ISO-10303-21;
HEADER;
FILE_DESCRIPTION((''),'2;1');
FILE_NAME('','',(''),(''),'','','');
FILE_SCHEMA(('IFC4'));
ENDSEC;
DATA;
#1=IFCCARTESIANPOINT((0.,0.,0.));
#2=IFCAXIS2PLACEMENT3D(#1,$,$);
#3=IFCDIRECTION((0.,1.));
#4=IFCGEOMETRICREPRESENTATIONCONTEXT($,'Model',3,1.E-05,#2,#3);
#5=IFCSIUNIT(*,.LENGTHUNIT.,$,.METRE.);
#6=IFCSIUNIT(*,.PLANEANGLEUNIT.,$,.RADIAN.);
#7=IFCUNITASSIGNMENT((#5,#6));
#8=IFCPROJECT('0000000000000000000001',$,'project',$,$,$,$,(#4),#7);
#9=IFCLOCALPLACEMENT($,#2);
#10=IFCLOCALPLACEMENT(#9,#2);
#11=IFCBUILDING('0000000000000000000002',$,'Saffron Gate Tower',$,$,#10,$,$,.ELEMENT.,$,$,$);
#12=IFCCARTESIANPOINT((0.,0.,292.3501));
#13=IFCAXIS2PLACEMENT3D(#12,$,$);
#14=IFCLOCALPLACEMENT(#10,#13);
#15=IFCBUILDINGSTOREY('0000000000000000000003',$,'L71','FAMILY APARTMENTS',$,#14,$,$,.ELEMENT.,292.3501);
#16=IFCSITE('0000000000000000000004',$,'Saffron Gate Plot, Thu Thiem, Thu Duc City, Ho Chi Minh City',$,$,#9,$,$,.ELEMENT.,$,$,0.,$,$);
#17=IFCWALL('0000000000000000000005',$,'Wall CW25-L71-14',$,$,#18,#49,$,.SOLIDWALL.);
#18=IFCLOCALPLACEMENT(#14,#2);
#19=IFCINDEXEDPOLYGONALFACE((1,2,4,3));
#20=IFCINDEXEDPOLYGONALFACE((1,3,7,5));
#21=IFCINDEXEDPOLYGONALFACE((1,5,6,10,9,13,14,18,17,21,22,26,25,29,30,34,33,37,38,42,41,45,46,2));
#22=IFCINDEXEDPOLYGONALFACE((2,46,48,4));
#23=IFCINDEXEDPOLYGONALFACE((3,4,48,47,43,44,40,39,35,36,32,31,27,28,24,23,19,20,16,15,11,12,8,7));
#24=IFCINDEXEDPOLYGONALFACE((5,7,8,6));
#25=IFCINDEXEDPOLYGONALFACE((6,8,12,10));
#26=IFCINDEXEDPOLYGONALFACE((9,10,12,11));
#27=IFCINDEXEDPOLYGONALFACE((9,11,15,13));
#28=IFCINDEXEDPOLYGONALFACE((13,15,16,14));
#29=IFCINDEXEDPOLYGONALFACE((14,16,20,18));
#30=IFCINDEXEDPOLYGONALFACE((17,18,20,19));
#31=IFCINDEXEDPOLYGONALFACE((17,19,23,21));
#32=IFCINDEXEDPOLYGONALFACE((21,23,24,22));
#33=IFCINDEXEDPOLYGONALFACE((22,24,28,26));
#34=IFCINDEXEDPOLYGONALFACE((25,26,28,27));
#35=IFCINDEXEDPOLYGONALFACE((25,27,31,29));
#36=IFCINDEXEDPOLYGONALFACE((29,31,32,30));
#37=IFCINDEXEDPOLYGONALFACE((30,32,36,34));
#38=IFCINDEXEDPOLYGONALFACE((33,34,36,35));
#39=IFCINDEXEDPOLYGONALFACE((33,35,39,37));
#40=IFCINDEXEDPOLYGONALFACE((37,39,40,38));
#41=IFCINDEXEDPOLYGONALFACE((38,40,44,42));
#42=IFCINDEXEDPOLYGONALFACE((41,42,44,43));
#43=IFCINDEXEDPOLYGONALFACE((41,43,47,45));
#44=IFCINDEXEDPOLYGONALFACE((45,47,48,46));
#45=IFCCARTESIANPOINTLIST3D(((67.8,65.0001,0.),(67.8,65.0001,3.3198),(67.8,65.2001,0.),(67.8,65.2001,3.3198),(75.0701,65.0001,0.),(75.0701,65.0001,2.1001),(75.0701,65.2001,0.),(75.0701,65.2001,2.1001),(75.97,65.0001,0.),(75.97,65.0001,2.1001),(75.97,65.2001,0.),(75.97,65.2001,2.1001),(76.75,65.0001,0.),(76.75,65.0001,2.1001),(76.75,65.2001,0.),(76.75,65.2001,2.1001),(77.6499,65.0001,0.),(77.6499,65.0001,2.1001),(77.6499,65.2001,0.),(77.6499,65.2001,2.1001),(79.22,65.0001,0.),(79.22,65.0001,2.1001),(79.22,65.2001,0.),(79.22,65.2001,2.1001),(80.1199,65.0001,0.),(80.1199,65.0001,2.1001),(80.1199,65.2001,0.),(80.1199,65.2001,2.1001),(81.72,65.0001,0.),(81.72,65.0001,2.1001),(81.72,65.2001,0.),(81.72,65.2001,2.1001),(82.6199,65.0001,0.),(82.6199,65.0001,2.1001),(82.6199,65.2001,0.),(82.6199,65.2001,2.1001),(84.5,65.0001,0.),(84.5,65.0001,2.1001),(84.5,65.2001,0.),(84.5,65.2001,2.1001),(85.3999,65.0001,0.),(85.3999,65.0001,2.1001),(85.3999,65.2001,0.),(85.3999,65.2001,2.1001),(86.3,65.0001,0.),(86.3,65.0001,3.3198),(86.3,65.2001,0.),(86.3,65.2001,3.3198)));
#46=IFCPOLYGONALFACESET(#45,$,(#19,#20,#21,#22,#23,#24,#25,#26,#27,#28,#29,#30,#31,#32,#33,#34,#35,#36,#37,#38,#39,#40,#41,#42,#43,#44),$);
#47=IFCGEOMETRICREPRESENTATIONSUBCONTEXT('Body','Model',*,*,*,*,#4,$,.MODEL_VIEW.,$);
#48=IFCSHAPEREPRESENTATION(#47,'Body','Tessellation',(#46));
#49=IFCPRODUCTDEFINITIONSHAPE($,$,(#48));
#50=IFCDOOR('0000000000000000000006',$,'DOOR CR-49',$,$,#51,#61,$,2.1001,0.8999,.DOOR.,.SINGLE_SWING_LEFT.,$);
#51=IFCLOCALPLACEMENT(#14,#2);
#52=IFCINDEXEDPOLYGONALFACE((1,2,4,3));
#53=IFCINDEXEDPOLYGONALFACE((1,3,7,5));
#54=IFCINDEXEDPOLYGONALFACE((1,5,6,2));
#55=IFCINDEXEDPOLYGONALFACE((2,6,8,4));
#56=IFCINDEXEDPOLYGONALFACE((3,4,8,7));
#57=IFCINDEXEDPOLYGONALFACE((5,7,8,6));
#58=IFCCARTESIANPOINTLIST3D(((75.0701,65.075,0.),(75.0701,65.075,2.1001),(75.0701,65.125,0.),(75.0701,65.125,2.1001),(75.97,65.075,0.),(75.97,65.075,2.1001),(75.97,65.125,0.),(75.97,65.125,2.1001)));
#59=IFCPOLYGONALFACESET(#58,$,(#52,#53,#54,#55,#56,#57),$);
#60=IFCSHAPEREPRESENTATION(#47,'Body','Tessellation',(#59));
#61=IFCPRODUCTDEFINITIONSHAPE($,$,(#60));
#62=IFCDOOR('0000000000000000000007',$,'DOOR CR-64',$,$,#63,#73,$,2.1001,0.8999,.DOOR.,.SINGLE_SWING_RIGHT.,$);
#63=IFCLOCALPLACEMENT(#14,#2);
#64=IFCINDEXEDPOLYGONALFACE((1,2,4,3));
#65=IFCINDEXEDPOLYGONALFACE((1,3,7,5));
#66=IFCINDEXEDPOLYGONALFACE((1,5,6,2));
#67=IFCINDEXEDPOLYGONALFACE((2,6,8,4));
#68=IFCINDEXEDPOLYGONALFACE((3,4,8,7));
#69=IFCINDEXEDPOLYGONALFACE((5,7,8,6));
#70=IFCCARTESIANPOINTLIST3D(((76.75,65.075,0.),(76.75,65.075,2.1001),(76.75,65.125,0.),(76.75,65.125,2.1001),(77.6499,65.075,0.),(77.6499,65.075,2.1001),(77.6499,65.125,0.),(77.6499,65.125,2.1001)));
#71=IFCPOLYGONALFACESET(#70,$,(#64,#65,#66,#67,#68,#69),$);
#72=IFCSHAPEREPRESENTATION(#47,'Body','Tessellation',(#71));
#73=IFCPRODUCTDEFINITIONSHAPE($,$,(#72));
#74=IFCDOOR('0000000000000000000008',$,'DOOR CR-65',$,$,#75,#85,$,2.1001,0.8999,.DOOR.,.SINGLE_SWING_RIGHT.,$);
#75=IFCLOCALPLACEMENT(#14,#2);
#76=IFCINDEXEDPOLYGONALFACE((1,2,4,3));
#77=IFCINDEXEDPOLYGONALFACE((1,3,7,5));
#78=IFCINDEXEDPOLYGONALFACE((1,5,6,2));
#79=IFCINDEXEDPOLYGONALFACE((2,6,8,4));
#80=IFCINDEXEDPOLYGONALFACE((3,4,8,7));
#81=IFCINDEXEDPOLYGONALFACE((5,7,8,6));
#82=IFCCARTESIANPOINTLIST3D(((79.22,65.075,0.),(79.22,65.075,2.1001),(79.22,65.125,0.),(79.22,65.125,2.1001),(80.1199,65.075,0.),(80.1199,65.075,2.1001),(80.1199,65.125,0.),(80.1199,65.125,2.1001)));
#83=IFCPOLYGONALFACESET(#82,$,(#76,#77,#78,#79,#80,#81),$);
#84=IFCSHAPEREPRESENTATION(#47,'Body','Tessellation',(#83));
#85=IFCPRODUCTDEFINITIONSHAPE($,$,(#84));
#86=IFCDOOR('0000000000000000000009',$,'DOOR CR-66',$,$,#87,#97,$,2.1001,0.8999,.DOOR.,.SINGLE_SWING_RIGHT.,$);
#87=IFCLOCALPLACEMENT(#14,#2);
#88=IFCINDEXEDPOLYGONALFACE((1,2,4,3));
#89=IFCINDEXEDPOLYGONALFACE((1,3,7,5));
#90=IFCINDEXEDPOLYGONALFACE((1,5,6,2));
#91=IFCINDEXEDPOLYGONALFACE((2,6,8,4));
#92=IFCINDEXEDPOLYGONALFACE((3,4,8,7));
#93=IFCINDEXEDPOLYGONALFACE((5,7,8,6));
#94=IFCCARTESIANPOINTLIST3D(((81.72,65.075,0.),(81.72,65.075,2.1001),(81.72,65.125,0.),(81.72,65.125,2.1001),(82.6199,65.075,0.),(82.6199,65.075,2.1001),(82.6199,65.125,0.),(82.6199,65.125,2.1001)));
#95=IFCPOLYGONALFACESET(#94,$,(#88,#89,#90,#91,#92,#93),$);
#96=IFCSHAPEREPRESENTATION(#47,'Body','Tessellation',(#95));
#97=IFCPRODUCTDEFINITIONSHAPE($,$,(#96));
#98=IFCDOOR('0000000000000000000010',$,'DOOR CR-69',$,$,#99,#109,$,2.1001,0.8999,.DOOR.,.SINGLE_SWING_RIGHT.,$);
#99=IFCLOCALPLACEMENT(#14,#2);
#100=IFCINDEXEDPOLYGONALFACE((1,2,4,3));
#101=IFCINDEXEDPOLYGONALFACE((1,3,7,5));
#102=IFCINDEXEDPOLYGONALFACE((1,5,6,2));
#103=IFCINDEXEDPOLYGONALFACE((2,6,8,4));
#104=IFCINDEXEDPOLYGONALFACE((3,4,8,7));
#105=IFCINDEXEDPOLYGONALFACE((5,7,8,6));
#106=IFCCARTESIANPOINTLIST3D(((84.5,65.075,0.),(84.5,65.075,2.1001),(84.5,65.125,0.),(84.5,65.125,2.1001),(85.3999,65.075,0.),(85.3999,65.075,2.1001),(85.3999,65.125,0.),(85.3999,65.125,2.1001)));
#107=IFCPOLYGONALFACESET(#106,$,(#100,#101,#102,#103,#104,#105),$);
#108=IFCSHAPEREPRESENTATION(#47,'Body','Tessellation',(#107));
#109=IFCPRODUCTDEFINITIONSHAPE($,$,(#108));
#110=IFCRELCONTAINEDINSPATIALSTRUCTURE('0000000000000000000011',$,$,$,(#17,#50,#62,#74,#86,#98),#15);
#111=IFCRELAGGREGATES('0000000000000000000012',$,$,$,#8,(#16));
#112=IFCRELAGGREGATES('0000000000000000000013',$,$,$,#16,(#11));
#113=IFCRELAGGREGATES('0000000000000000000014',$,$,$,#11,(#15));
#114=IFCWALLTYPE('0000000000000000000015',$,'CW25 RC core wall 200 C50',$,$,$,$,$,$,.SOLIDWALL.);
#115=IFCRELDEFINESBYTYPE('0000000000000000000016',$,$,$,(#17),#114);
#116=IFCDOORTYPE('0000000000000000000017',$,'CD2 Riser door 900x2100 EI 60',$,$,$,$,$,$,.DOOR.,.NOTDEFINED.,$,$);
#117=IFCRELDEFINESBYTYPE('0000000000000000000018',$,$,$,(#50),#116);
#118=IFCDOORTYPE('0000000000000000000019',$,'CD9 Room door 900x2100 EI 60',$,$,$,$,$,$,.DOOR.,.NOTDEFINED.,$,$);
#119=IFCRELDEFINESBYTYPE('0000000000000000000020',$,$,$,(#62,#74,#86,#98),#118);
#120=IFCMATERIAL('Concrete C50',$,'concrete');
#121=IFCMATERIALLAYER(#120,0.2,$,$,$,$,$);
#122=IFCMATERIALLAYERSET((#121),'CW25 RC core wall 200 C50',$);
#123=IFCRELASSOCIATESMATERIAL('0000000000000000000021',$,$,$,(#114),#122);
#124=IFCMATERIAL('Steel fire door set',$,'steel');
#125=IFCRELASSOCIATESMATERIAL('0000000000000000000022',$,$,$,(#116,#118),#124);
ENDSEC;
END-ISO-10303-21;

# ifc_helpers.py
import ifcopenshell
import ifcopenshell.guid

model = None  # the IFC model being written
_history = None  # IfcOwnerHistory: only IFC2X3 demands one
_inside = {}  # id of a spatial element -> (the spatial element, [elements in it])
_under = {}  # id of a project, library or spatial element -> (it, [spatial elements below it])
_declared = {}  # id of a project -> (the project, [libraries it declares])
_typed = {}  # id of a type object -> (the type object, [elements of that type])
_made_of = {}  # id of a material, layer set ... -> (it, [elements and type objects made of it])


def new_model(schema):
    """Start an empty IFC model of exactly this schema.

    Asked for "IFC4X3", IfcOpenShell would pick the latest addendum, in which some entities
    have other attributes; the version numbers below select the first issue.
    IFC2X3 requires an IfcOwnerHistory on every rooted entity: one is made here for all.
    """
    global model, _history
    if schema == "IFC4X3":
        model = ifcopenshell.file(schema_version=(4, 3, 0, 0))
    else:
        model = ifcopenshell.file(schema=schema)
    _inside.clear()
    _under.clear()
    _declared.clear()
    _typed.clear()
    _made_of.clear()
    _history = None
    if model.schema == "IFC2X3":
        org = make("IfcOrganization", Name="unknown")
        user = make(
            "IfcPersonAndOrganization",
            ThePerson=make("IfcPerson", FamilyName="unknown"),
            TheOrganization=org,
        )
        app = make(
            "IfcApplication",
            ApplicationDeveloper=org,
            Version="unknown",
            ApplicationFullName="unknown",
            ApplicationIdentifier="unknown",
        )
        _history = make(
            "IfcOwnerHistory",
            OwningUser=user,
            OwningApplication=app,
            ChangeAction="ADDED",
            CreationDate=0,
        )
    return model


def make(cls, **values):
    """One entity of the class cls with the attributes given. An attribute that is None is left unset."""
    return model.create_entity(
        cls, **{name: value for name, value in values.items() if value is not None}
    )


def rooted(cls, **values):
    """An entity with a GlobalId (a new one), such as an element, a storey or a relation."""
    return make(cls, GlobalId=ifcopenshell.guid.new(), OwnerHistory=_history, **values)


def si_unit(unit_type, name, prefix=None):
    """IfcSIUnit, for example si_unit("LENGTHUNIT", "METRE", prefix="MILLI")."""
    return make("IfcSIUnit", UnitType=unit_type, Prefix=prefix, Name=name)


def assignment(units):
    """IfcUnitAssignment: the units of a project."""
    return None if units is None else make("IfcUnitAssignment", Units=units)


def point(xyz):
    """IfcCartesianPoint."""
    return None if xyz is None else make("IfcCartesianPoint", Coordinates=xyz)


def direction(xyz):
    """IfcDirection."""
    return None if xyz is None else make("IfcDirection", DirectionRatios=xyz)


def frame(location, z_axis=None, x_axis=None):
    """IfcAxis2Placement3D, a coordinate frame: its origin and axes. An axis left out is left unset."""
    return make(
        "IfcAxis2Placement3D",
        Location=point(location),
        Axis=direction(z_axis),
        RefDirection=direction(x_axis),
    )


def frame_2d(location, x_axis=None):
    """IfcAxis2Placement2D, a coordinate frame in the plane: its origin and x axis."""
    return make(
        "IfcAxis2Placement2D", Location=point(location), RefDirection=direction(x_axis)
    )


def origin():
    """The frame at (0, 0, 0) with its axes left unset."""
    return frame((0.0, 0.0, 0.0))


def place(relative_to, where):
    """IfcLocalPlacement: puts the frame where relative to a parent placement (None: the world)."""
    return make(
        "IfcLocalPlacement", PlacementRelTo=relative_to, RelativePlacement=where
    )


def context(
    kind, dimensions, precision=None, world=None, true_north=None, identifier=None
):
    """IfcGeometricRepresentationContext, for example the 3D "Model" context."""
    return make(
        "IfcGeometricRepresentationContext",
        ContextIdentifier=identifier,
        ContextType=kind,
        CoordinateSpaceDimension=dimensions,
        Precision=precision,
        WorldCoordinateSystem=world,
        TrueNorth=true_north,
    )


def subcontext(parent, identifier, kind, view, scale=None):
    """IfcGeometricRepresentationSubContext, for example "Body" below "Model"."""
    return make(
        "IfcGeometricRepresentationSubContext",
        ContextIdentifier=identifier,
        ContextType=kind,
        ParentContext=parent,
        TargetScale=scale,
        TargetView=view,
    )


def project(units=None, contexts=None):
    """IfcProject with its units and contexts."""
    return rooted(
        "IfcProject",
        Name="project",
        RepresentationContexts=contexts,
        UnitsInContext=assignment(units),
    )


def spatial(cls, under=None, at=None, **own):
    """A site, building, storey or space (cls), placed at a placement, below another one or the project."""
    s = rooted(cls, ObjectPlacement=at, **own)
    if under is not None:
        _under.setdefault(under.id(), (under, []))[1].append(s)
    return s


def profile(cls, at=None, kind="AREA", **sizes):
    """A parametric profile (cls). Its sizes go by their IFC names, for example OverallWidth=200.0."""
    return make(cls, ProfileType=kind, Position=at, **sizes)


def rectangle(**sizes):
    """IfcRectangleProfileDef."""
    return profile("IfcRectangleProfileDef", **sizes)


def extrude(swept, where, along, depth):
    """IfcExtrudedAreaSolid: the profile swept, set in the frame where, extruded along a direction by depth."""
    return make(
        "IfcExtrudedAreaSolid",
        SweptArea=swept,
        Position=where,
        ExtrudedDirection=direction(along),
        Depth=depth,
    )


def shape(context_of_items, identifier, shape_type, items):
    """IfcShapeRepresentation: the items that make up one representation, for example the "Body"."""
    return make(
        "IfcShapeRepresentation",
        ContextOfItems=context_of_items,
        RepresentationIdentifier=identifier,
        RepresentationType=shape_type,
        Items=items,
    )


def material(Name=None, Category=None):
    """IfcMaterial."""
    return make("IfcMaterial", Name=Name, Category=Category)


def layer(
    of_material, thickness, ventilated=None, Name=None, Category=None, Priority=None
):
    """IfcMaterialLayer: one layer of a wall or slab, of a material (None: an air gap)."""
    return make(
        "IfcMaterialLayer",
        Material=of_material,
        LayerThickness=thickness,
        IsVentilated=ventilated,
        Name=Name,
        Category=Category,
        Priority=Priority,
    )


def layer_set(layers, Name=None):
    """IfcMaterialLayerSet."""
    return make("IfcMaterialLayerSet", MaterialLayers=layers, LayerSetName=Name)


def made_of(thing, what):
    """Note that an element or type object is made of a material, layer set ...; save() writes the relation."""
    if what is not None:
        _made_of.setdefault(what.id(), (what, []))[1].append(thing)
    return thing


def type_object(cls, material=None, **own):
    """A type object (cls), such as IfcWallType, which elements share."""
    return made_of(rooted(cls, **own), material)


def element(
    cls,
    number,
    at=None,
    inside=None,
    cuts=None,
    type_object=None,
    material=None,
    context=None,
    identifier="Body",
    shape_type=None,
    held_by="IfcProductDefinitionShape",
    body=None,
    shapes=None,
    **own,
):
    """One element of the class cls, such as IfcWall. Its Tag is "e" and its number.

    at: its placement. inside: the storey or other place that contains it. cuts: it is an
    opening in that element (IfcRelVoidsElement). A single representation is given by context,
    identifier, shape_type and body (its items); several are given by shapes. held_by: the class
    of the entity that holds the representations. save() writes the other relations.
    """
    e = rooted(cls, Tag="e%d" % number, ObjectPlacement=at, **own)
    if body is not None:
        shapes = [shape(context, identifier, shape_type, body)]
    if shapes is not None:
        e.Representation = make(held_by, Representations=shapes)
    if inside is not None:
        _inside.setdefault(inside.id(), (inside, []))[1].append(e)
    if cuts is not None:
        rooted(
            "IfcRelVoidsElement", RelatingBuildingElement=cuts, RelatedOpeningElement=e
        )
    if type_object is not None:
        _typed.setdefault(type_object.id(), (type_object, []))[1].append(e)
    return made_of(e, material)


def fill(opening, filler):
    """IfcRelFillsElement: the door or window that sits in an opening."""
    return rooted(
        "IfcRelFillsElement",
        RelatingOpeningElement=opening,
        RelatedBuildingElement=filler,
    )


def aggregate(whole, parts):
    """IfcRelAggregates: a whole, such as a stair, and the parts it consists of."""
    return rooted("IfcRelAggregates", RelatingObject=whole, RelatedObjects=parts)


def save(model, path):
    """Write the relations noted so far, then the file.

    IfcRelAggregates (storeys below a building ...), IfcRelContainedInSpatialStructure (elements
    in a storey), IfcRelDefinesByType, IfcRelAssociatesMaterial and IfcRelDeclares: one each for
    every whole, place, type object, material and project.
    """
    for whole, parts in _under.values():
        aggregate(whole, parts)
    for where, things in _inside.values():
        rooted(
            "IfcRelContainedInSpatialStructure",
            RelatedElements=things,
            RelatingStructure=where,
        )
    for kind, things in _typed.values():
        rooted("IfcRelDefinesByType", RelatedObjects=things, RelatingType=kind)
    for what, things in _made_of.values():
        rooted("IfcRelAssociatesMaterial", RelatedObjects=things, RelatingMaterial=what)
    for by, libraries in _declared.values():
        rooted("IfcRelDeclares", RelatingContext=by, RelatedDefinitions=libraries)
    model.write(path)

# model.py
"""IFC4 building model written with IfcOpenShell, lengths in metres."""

from ifc_helpers import new_model, si_unit, direction, frame, frame_2d, origin, place, context, subcontext, project, spatial, rectangle, extrude, material, layer, layer_set, type_object, element, fill, save


model = new_model("IFC4")

# Units and contexts
model_context = context("Model", 3, precision=1e-05, world=origin(), true_north=direction((0.0, 1.0)))
body_context = subcontext(model_context, "Body", "Model", "MODEL_VIEW")
ifc_project = project(units=[si_unit("LENGTHUNIT", "METRE"), si_unit("PLANEANGLEUNIT", "RADIAN")], contexts=[model_context])

# Site, building, storey
site_placement = place(None, origin())
site = spatial("IfcSite", under=ifc_project, at=site_placement, Name="Saffron Gate Plot, Thu Thiem, Thu Duc City, Ho Chi Minh City", CompositionType="ELEMENT", RefElevation=0.0)
building_placement = place(site_placement, origin())
building = spatial("IfcBuilding", under=site, at=building_placement, Name="Saffron Gate Tower", CompositionType="ELEMENT")
storey_placement = place(building_placement, frame((0.0, 0.0, 292.3501)))
storey = spatial("IfcBuildingStorey", under=building, at=storey_placement, Name="L71", Description="FAMILY APARTMENTS", CompositionType="ELEMENT", Elevation=292.3501)

# Shared definitions
ifc_material_1 = material(Name="Concrete C50", Category="concrete")
ifc_material_2 = material(Name="Steel fire door set", Category="steel")

# Wall, openings, doors
ifc_layer_1 = layer(ifc_material_1, 0.2)
ifc_layer_set_1 = layer_set([ifc_layer_1], Name="CW25 RC core wall 200 C50")
wall_type_1 = type_object("IfcWallType", Name="CW25 RC core wall 200 C50", PredefinedType="SOLIDWALL", material=ifc_layer_set_1)
wall_1_placement = place(storey_placement, frame((67.8, 65.1001, 0.0), z_axis=(0.0, 0.0, 1.0), x_axis=(1.0, 0.0, 0.0)))
wall_1 = element("IfcWall", 1, at=wall_1_placement, inside=storey, type_object=wall_type_1, Name="Wall CW25-L71-14", PredefinedType="SOLIDWALL", context=body_context, shape_type="SweptSolid", body=[
    extrude(rectangle(XDim=18.5, YDim=0.2, at=frame_2d((9.25, 0.0))), origin(), (0.0, 0.0, 1.0), 3.3198),
])
opening_1_placement = place(wall_1_placement, frame((7.27, 0.0, 0.0)))
opening_1 = element("IfcOpeningElement", 2, at=opening_1_placement, cuts=wall_1, PredefinedType="OPENING", context=body_context, shape_type="SweptSolid", body=[
    extrude(rectangle(XDim=0.8999, YDim=2.1001, at=frame_2d((0.45, 1.05))), frame((0.0, 0.1099, 0.0), z_axis=(0.0, -1.0, 0.0), x_axis=(1.0, 0.0, 0.0)), (0.0, 0.0, 1.0), 0.22),
])
opening_2_placement = place(wall_1_placement, frame((8.95, 0.0, 0.0)))
opening_2 = element("IfcOpeningElement", 3, at=opening_2_placement, cuts=wall_1, PredefinedType="OPENING", context=body_context, shape_type="SweptSolid", body=[
    extrude(rectangle(XDim=0.8999, YDim=2.1001, at=frame_2d((0.45, 1.05))), frame((0.0, 0.1099, 0.0), z_axis=(0.0, -1.0, 0.0), x_axis=(1.0, 0.0, 0.0)), (0.0, 0.0, 1.0), 0.22),
])
opening_3_placement = place(wall_1_placement, frame((11.4199, 0.0, 0.0)))
opening_3 = element("IfcOpeningElement", 4, at=opening_3_placement, cuts=wall_1, PredefinedType="OPENING", context=body_context, shape_type="SweptSolid", body=[
    extrude(rectangle(XDim=0.8999, YDim=2.1001, at=frame_2d((0.45, 1.05))), frame((0.0, 0.1099, 0.0), z_axis=(0.0, -1.0, 0.0), x_axis=(1.0, 0.0, 0.0)), (0.0, 0.0, 1.0), 0.22),
])
opening_4_placement = place(wall_1_placement, frame((13.9199, 0.0, 0.0)))
opening_4 = element("IfcOpeningElement", 5, at=opening_4_placement, cuts=wall_1, PredefinedType="OPENING", context=body_context, shape_type="SweptSolid", body=[
    extrude(rectangle(XDim=0.8999, YDim=2.1001, at=frame_2d((0.45, 1.05))), frame((0.0, 0.1099, 0.0), z_axis=(0.0, -1.0, 0.0), x_axis=(1.0, 0.0, 0.0)), (0.0, 0.0, 1.0), 0.22),
])
opening_5_placement = place(wall_1_placement, frame((16.7, 0.0, 0.0)))
opening_5 = element("IfcOpeningElement", 6, at=opening_5_placement, cuts=wall_1, PredefinedType="OPENING", context=body_context, shape_type="SweptSolid", body=[
    extrude(rectangle(XDim=0.8999, YDim=2.1001, at=frame_2d((0.45, 1.05))), frame((0.0, 0.1099, 0.0), z_axis=(0.0, -1.0, 0.0), x_axis=(1.0, 0.0, 0.0)), (0.0, 0.0, 1.0), 0.22),
])
door_type_1 = type_object("IfcDoorType", Name="CD2 Riser door 900x2100 EI 60", OperationType="NOTDEFINED", PredefinedType="DOOR", material=ifc_material_2)
door_1_placement = place(opening_1_placement, origin())
door_1 = element("IfcDoor", 7, at=door_1_placement, inside=storey, type_object=door_type_1, Name="DOOR CR-49", OperationType="SINGLE_SWING_LEFT", OverallHeight=2.1001, OverallWidth=0.8999, PredefinedType="DOOR", context=body_context, shape_type="SweptSolid", body=[
    extrude(rectangle(XDim=0.8999, YDim=2.1001, at=frame_2d((0.45, 1.05))), frame((0.0, 0.0249, 0.0), z_axis=(0.0, -1.0, 0.0), x_axis=(1.0, 0.0, 0.0)), (0.0, 0.0, 1.0), 0.05),
])
fill(opening_1, door_1)
door_type_2 = type_object("IfcDoorType", Name="CD9 Room door 900x2100 EI 60", OperationType="NOTDEFINED", PredefinedType="DOOR", material=ifc_material_2)
door_2_placement = place(opening_2_placement, origin())
door_2 = element("IfcDoor", 8, at=door_2_placement, inside=storey, type_object=door_type_2, Name="DOOR CR-64", OperationType="SINGLE_SWING_RIGHT", OverallHeight=2.1001, OverallWidth=0.8999, PredefinedType="DOOR", context=body_context, shape_type="SweptSolid", body=[
    extrude(rectangle(XDim=0.8999, YDim=2.1001, at=frame_2d((0.45, 1.05))), frame((0.0, 0.0249, 0.0), z_axis=(0.0, -1.0, 0.0), x_axis=(1.0, 0.0, 0.0)), (0.0, 0.0, 1.0), 0.05),
])
fill(opening_2, door_2)
door_3_placement = place(opening_3_placement, origin())
door_3 = element("IfcDoor", 9, at=door_3_placement, inside=storey, type_object=door_type_2, Name="DOOR CR-65", OperationType="SINGLE_SWING_RIGHT", OverallHeight=2.1001, OverallWidth=0.8999, PredefinedType="DOOR", context=body_context, shape_type="SweptSolid", body=[
    extrude(rectangle(XDim=0.8999, YDim=2.1001, at=frame_2d((0.45, 1.05))), frame((0.0, 0.0249, 0.0), z_axis=(0.0, -1.0, 0.0), x_axis=(1.0, 0.0, 0.0)), (0.0, 0.0, 1.0), 0.05),
])
fill(opening_3, door_3)
door_4_placement = place(opening_4_placement, origin())
door_4 = element("IfcDoor", 10, at=door_4_placement, inside=storey, type_object=door_type_2, Name="DOOR CR-66", OperationType="SINGLE_SWING_RIGHT", OverallHeight=2.1001, OverallWidth=0.8999, PredefinedType="DOOR", context=body_context, shape_type="SweptSolid", body=[
    extrude(rectangle(XDim=0.8999, YDim=2.1001, at=frame_2d((0.45, 1.05))), frame((0.0, 0.0249, 0.0), z_axis=(0.0, -1.0, 0.0), x_axis=(1.0, 0.0, 0.0)), (0.0, 0.0, 1.0), 0.05),
])
fill(opening_4, door_4)
door_5_placement = place(opening_5_placement, origin())
door_5 = element("IfcDoor", 11, at=door_5_placement, inside=storey, type_object=door_type_2, Name="DOOR CR-69", OperationType="SINGLE_SWING_RIGHT", OverallHeight=2.1001, OverallWidth=0.8999, PredefinedType="DOOR", context=body_context, shape_type="SweptSolid", body=[
    extrude(rectangle(XDim=0.8999, YDim=2.1001, at=frame_2d((0.45, 1.05))), frame((0.0, 0.0249, 0.0), z_axis=(0.0, -1.0, 0.0), x_axis=(1.0, 0.0, 0.0)), (0.0, 0.0, 1.0), 0.05),
])
fill(opening_5, door_5)

save(model, "model.ifc")
